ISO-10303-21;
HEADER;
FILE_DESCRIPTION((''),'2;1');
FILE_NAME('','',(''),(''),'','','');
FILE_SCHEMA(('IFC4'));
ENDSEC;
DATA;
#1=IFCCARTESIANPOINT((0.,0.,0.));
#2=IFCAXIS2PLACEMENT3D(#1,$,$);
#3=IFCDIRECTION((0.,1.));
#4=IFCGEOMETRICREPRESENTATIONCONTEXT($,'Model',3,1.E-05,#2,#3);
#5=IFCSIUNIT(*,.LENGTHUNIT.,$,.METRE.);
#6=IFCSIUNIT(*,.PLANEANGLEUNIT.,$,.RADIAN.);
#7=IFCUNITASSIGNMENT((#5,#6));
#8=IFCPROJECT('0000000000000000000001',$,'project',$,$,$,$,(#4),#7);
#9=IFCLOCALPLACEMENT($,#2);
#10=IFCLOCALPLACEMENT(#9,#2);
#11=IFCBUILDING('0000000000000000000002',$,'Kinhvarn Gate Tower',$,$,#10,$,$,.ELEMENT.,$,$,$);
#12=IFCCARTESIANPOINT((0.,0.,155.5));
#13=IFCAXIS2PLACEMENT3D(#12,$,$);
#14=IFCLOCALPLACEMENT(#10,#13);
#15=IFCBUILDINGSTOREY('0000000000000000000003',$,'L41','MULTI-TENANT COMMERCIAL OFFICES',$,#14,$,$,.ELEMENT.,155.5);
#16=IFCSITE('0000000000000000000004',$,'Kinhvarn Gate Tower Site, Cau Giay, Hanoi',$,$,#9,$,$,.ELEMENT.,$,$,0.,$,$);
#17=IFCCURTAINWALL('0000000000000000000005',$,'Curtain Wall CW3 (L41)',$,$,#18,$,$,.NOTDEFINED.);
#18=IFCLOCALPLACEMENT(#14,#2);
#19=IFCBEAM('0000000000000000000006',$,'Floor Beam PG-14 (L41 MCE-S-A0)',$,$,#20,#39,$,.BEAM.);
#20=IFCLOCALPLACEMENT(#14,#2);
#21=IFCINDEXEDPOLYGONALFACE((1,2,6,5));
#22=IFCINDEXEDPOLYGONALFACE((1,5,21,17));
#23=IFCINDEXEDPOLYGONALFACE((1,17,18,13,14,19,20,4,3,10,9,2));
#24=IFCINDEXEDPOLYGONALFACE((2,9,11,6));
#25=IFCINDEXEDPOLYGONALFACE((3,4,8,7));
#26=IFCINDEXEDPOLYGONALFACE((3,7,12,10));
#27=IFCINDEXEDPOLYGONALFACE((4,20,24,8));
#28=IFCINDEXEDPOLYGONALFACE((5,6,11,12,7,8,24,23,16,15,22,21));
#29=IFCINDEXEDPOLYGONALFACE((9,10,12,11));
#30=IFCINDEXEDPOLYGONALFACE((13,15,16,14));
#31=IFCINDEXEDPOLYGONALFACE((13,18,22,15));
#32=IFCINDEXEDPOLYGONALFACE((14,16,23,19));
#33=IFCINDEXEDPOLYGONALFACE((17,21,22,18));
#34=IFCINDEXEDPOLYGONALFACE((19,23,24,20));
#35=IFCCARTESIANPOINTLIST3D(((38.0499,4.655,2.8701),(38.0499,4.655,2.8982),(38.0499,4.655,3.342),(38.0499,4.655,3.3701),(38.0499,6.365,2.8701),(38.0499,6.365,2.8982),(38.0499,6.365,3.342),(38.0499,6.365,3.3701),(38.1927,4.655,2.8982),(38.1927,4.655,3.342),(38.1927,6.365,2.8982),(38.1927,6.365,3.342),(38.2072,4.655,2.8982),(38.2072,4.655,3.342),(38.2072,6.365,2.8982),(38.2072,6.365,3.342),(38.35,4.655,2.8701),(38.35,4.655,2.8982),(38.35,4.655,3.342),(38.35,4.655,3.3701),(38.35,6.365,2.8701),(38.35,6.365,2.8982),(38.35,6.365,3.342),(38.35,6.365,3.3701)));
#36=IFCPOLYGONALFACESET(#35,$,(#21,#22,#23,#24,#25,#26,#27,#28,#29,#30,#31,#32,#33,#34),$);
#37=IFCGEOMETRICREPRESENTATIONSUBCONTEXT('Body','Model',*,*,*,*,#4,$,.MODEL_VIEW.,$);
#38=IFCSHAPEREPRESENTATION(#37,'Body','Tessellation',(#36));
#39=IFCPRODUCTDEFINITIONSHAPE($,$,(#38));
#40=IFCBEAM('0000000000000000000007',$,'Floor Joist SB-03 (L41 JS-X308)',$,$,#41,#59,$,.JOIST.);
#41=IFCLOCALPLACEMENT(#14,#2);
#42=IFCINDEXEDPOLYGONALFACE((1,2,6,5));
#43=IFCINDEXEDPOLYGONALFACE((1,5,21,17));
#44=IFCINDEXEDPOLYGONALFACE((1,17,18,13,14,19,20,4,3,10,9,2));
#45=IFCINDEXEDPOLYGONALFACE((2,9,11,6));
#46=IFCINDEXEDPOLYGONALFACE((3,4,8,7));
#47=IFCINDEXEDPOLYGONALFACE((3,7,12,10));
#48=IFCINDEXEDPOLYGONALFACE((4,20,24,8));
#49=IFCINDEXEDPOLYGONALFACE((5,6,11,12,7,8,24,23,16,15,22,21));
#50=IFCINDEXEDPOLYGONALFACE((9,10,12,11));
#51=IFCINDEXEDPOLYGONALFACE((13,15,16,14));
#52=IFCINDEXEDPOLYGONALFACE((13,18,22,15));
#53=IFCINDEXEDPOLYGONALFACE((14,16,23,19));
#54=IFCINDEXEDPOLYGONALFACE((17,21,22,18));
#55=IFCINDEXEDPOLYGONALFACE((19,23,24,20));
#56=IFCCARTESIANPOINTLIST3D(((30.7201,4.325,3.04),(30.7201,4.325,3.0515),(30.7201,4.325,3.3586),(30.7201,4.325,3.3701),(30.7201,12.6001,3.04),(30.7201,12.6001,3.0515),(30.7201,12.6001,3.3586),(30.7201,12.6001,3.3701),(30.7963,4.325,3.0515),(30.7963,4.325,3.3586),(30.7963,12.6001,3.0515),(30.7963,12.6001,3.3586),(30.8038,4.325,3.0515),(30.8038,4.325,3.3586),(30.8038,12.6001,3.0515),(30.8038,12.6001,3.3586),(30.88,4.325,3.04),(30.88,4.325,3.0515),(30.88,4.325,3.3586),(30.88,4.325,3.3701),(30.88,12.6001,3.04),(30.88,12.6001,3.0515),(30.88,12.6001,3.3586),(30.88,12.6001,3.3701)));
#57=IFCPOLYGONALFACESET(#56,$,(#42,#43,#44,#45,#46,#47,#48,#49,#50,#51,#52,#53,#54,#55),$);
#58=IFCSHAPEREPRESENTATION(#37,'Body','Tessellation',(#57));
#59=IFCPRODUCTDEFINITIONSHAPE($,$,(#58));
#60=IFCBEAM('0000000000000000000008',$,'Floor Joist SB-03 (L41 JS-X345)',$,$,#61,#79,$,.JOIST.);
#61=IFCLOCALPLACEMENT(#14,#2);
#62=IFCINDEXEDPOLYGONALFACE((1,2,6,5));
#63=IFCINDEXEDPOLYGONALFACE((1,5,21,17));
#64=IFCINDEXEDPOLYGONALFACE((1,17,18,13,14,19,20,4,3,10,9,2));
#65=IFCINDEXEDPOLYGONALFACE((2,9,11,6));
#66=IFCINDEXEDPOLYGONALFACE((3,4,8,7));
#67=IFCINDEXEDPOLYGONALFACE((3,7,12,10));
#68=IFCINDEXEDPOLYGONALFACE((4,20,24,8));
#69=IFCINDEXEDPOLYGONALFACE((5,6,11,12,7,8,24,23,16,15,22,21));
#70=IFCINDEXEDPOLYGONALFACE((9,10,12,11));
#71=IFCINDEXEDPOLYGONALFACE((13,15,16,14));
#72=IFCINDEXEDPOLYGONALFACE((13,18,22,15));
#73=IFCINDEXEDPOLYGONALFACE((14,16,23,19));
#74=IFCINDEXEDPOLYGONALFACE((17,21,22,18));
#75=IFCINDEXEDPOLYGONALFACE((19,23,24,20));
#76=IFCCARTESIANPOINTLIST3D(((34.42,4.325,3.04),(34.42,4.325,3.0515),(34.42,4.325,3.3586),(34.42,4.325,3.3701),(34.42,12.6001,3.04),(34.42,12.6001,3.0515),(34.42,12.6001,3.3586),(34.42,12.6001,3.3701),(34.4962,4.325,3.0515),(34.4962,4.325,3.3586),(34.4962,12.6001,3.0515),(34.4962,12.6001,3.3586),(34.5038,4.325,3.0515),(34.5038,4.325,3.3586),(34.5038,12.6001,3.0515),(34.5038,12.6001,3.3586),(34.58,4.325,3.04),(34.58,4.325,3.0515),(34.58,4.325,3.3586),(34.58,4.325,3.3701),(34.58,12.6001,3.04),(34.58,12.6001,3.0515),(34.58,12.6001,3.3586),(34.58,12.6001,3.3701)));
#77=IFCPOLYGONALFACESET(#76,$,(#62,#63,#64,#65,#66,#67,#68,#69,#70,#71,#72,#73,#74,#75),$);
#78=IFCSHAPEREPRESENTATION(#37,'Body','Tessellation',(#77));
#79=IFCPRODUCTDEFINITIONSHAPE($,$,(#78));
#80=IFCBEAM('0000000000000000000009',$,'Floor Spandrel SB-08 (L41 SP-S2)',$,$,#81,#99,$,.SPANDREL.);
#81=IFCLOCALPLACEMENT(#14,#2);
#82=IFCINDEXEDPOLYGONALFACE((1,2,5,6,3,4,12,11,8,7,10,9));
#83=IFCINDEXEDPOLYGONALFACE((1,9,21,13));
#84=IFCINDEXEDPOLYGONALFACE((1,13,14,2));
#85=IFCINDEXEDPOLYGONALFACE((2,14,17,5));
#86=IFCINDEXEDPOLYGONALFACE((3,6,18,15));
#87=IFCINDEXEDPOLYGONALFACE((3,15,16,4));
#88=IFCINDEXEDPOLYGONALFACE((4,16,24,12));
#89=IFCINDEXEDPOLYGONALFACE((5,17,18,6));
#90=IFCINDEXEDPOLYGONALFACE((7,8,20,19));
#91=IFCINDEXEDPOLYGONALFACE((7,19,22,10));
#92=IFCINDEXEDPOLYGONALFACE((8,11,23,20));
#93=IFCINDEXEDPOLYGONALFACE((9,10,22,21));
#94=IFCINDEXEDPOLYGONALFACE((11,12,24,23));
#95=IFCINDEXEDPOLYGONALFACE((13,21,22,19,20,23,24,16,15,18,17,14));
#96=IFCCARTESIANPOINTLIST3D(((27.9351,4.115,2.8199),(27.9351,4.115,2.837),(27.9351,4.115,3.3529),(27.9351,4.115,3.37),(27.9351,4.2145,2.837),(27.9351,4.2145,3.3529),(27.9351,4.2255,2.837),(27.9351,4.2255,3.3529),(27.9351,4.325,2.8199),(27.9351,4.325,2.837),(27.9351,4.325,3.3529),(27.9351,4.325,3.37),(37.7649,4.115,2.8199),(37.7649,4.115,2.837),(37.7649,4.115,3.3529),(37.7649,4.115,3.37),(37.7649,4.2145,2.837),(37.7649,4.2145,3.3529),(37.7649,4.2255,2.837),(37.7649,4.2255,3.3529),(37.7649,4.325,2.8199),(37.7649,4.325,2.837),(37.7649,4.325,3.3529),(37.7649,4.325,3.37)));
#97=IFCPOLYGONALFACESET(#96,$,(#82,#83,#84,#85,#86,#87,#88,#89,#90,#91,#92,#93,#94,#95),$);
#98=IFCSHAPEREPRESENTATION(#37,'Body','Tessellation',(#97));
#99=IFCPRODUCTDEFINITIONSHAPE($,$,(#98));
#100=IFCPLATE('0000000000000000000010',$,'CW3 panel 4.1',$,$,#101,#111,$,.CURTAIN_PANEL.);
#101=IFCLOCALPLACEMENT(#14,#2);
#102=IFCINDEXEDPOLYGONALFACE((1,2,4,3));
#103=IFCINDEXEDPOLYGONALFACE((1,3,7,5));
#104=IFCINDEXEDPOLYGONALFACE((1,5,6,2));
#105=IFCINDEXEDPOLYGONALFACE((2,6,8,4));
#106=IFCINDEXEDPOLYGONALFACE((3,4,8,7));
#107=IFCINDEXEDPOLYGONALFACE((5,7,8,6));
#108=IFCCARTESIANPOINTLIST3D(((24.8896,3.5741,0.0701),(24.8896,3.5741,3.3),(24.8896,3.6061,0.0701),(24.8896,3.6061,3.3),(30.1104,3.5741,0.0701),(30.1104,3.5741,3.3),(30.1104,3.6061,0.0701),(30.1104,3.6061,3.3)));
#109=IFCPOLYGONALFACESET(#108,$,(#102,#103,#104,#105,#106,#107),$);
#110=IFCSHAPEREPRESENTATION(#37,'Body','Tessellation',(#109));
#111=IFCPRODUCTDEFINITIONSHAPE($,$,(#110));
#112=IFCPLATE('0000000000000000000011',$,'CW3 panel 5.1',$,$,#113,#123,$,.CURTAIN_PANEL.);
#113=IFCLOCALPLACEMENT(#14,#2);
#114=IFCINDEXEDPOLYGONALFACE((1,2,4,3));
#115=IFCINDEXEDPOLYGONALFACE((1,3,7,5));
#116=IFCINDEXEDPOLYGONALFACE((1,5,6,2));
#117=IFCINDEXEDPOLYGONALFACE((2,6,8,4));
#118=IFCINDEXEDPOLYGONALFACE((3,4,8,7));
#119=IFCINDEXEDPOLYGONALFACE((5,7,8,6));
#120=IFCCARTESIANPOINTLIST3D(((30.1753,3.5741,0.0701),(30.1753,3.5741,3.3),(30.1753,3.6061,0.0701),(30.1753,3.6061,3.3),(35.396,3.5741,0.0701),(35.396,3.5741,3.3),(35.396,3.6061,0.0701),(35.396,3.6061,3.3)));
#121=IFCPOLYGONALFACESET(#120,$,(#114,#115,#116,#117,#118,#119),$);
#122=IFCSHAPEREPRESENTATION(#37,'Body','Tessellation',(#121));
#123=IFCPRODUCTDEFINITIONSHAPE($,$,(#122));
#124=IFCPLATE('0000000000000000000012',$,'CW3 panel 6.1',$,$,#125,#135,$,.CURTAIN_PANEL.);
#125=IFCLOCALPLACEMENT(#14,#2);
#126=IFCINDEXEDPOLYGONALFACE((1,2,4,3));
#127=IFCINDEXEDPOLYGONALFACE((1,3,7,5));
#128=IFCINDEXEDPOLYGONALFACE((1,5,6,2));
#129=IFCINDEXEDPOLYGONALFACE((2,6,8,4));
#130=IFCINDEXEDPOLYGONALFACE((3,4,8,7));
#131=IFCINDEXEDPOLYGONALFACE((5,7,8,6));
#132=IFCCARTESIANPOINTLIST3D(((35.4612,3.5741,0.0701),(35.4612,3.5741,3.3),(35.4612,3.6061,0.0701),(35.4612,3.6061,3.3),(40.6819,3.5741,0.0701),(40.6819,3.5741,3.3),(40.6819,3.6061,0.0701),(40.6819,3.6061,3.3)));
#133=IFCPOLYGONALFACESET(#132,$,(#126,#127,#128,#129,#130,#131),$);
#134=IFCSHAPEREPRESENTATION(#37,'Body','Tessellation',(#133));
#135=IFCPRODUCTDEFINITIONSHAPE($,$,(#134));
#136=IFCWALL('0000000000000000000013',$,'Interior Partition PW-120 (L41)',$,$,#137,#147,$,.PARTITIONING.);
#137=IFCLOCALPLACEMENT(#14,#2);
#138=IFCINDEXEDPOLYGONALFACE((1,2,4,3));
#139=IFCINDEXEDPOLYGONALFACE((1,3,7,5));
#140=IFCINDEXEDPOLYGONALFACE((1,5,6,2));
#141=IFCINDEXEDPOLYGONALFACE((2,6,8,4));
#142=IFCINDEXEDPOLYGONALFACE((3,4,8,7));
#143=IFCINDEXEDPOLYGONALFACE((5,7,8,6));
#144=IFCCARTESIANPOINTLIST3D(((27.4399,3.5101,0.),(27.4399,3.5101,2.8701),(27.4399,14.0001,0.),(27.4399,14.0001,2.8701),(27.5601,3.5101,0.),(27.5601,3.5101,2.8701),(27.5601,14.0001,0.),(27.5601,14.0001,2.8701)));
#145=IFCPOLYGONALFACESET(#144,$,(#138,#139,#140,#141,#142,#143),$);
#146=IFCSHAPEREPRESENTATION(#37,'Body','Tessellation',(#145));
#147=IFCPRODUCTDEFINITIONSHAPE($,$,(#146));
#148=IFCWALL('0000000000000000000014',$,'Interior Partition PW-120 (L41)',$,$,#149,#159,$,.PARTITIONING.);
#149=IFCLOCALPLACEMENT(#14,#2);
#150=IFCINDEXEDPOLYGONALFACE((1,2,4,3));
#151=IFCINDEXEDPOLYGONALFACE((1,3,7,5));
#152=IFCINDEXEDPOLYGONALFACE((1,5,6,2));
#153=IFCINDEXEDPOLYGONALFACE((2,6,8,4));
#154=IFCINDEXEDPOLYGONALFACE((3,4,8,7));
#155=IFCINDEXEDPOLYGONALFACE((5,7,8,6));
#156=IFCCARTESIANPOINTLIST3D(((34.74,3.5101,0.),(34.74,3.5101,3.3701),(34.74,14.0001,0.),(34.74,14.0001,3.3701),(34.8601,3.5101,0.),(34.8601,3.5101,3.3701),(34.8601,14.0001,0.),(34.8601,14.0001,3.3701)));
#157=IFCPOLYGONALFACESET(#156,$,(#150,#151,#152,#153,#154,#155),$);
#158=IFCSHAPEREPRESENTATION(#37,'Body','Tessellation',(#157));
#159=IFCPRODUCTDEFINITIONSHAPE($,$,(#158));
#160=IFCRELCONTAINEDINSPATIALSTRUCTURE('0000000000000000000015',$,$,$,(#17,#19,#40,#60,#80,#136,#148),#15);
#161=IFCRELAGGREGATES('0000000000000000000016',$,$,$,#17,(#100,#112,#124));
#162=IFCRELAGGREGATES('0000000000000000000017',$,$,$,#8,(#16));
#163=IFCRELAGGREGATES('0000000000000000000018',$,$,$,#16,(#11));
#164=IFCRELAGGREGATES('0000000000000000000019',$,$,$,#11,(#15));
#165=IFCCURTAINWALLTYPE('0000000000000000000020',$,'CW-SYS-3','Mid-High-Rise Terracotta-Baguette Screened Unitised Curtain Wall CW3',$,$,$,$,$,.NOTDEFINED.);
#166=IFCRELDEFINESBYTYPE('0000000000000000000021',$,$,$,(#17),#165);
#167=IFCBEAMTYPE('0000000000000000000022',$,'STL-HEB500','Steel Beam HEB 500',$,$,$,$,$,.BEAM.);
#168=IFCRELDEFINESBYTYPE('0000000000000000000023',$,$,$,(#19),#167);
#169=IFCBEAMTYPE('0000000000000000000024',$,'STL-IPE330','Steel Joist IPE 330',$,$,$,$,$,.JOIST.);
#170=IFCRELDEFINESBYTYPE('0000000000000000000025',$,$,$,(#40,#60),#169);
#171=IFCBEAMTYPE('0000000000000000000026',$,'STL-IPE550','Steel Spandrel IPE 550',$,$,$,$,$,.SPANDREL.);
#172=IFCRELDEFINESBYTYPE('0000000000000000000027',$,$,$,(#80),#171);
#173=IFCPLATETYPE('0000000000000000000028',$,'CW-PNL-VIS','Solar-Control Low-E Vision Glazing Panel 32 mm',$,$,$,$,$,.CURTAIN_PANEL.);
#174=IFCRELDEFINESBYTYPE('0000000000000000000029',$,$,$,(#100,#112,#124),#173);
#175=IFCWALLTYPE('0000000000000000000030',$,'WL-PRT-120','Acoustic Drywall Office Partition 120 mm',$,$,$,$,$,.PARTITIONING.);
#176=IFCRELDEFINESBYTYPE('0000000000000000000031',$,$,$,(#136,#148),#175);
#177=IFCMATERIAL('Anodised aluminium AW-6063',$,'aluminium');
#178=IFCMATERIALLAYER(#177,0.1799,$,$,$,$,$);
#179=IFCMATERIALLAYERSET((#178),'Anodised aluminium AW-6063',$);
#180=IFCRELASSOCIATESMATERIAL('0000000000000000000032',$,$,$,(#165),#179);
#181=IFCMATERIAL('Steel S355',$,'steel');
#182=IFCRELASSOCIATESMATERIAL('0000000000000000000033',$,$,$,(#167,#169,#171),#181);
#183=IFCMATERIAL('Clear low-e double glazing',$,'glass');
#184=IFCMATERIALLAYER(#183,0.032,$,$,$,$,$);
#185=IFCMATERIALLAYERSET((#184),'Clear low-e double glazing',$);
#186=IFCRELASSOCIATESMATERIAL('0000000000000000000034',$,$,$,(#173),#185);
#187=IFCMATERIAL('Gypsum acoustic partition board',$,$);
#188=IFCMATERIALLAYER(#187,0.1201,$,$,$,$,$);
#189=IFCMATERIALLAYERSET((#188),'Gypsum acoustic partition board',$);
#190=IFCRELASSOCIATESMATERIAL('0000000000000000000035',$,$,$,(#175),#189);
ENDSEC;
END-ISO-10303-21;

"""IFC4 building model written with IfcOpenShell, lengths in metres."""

from ifc_helpers import new_model, si_unit, direction, frame, frame_2d, origin, origin_2d, place, context, subcontext, project, spatial, rectangle, i_section, extrude, material, layer, layer_set, material_profile, profile_set, type_object, element, aggregate, save


model = new_model("IFC4")

# Units and contexts
model_context = context("Model", 3, precision=1e-05, world=origin(), true_north=direction((0.0, 1.0)))
body_context = subcontext(model_context, "Body", "Model", "MODEL_VIEW")
ifc_project = project(units=[si_unit("LENGTHUNIT", "METRE"), si_unit("PLANEANGLEUNIT", "RADIAN")], contexts=[model_context])

# Site, building, storey
site_placement = place(None, origin())
site = spatial("IfcSite", under=ifc_project, at=site_placement, Name="Kinhvarn Gate Tower Site, Cau Giay, Hanoi", CompositionType="ELEMENT", RefElevation=0.0)
building_placement = place(site_placement, origin())
building = spatial("IfcBuilding", under=site, at=building_placement, Name="Kinhvarn Gate Tower", CompositionType="ELEMENT")
storey_placement = place(building_placement, frame((0.0, 0.0, 155.5)))
storey = spatial("IfcBuildingStorey", under=building, at=storey_placement, Name="L41", Description="MULTI-TENANT COMMERCIAL OFFICES", CompositionType="ELEMENT", Elevation=155.5)

# Curtain wall
ifc_material_1 = material(Name="Anodised aluminium AW-6063", Category="aluminium")
ifc_layer_1 = layer(ifc_material_1, 0.1799)
ifc_layer_set_1 = layer_set([ifc_layer_1], Name="Anodised aluminium AW-6063")
curtain_wall_type = type_object("IfcCurtainWallType", Name="CW-SYS-3", Description="Mid-High-Rise Terracotta-Baguette Screened Unitised Curtain Wall CW3", PredefinedType="NOTDEFINED", material=ifc_layer_set_1)
curtain_wall_placement = place(storey_placement, origin())
curtain_wall = element("IfcCurtainWall", 1, at=curtain_wall_placement, inside=storey, type_object=curtain_wall_type, Name="Curtain Wall CW3 (L41)", PredefinedType="NOTDEFINED")

# Beams
ifc_material_2 = material(Name="Steel S355", Category="steel")
ifc_material_profile_1 = material_profile(ifc_material_2, i_section(OverallWidth=0.3, OverallDepth=0.5, WebThickness=0.0144, FlangeThickness=0.0281, at=origin_2d()), Name="HEB 500")
ifc_profile_set_1 = profile_set([ifc_material_profile_1], Name="Steel S355")
beam_type_1 = type_object("IfcBeamType", Name="STL-HEB500", Description="Steel Beam HEB 500", PredefinedType="BEAM", material=ifc_profile_set_1)
beam_1_placement = place(storey_placement, frame((38.2, 4.655, 3.1201), z_axis=(0.0, 1.0, 0.0), x_axis=(-1.0, 0.0, 0.0)))
element("IfcBeam", 2, at=beam_1_placement, inside=storey, type_object=beam_type_1, Name="Floor Beam PG-14 (L41 MCE-S-A0)", PredefinedType="BEAM", context=body_context, shape_type="SweptSolid", body=[
    extrude(i_section(OverallWidth=0.3, OverallDepth=0.5, WebThickness=0.0144, FlangeThickness=0.0281, at=origin_2d()), origin(), (0.0, 0.0, 1.0), 1.71),
])
ifc_material_profile_2 = material_profile(ifc_material_2, i_section(OverallWidth=0.1599, OverallDepth=0.3301, WebThickness=0.0076, FlangeThickness=0.0115, at=origin_2d()), Name="IPE 330")
ifc_profile_set_2 = profile_set([ifc_material_profile_2], Name="Steel S355")
beam_type_2 = type_object("IfcBeamType", Name="STL-IPE330", Description="Steel Joist IPE 330", PredefinedType="JOIST", material=ifc_profile_set_2)
for number, where, z_axis, x_axis, name in (
    (3, (30.8, 4.325, 3.2051), (0.0, 1.0, 0.0), (-1.0, 0.0, 0.0), "Floor Joist SB-03 (L41 JS-X308)"),
    (4, (34.5, 4.325, 3.2051), (0.0, 1.0, 0.0), (-1.0, 0.0, 0.0), "Floor Joist SB-03 (L41 JS-X345)"),
):
    element("IfcBeam", number, at=place(storey_placement, frame(where, z_axis=z_axis, x_axis=x_axis)), inside=storey, type_object=beam_type_2, Name=name, PredefinedType="JOIST", context=body_context, shape_type="SweptSolid", body=[
        extrude(i_section(OverallWidth=0.1599, OverallDepth=0.3301, WebThickness=0.0076, FlangeThickness=0.0115, at=origin_2d()), origin(), (0.0, 0.0, 1.0), 8.2751),
    ])
ifc_material_profile_3 = material_profile(ifc_material_2, i_section(OverallWidth=0.21, OverallDepth=0.55, WebThickness=0.011, FlangeThickness=0.0171, at=origin_2d()), Name="IPE 550")
ifc_profile_set_3 = profile_set([ifc_material_profile_3], Name="Steel S355")
beam_type_3 = type_object("IfcBeamType", Name="STL-IPE550", Description="Steel Spandrel IPE 550", PredefinedType="SPANDREL", material=ifc_profile_set_3)
beam_2_placement = place(storey_placement, frame((27.9351, 4.22, 3.095), z_axis=(1.0, 0.0, 0.0), x_axis=(0.0, 1.0, 0.0)))
element("IfcBeam", 5, at=beam_2_placement, inside=storey, type_object=beam_type_3, Name="Floor Spandrel SB-08 (L41 SP-S2)", PredefinedType="SPANDREL", context=body_context, shape_type="SweptSolid", body=[
    extrude(i_section(OverallWidth=0.21, OverallDepth=0.55, WebThickness=0.011, FlangeThickness=0.0171, at=origin_2d()), origin(), (0.0, 0.0, 1.0), 9.8298),
])

# Plates
ifc_material_3 = material(Name="Clear low-e double glazing", Category="glass")
ifc_layer_2 = layer(ifc_material_3, 0.032)
ifc_layer_set_2 = layer_set([ifc_layer_2], Name="Clear low-e double glazing")
plate_type = type_object("IfcPlateType", Name="CW-PNL-VIS", Description="Solar-Control Low-E Vision Glazing Panel 32 mm", PredefinedType="CURTAIN_PANEL", material=ifc_layer_set_2)
plate_1_placement = place(storey_placement, frame((27.5, 3.5901, 0.0701), z_axis=(0.0, 0.0, 1.0), x_axis=(1.0, 0.0, 0.0)))
plate_1 = element("IfcPlate", 6, at=plate_1_placement, type_object=plate_type, Name="CW3 panel 4.1", PredefinedType="CURTAIN_PANEL", context=body_context, shape_type="SweptSolid", body=[
    extrude(rectangle(XDim=5.2207, YDim=0.032, at=origin_2d()), origin(), (0.0, 0.0, 1.0), 3.23),
])
plate_2_placement = place(storey_placement, frame((32.7856, 3.5901, 0.0701), z_axis=(0.0, 0.0, 1.0), x_axis=(1.0, 0.0, 0.0)))
plate_2 = element("IfcPlate", 7, at=plate_2_placement, type_object=plate_type, Name="CW3 panel 5.1", PredefinedType="CURTAIN_PANEL", context=body_context, shape_type="SweptSolid", body=[
    extrude(rectangle(XDim=5.2207, YDim=0.032, at=origin_2d()), origin(), (0.0, 0.0, 1.0), 3.23),
])
plate_3_placement = place(storey_placement, frame((38.0715, 3.5901, 0.0701), z_axis=(0.0, 0.0, 1.0), x_axis=(1.0, 0.0, 0.0)))
plate_3 = element("IfcPlate", 8, at=plate_3_placement, type_object=plate_type, Name="CW3 panel 6.1", PredefinedType="CURTAIN_PANEL", context=body_context, shape_type="SweptSolid", body=[
    extrude(rectangle(XDim=5.2207, YDim=0.032, at=origin_2d()), origin(), (0.0, 0.0, 1.0), 3.23),
])
aggregate(curtain_wall, [plate_1, plate_2, plate_3])

# Walls
ifc_material_4 = material(Name="Gypsum acoustic partition board")
ifc_layer_3 = layer(ifc_material_4, 0.1201)
ifc_layer_set_3 = layer_set([ifc_layer_3], Name="Gypsum acoustic partition board")
wall_type = type_object("IfcWallType", Name="WL-PRT-120", Description="Acoustic Drywall Office Partition 120 mm", PredefinedType="PARTITIONING", material=ifc_layer_set_3)
wall_1_placement = place(storey_placement, frame((27.5, 3.51, 0.0), z_axis=(0.0, 0.0, 1.0), x_axis=(0.0, 1.0, 0.0)))
element("IfcWall", 9, at=wall_1_placement, inside=storey, type_object=wall_type, Name="Interior Partition PW-120 (L41)", PredefinedType="PARTITIONING", context=body_context, shape_type="SweptSolid", body=[
    extrude(rectangle(XDim=10.49, YDim=0.1201, at=frame_2d((5.2451, 0.0))), origin(), (0.0, 0.0, 1.0), 2.8701),
])
wall_2_placement = place(storey_placement, frame((34.8, 3.51, 0.0), z_axis=(0.0, 0.0, 1.0), x_axis=(0.0, 1.0, 0.0)))
element("IfcWall", 10, at=wall_2_placement, inside=storey, type_object=wall_type, Name="Interior Partition PW-120 (L41)", PredefinedType="PARTITIONING", context=body_context, shape_type="SweptSolid", body=[
    extrude(rectangle(XDim=10.49, YDim=0.1201, at=frame_2d((5.2451, 0.0))), origin(), (0.0, 0.0, 1.0), 3.3701),
])

save(model, "model.ifc")
